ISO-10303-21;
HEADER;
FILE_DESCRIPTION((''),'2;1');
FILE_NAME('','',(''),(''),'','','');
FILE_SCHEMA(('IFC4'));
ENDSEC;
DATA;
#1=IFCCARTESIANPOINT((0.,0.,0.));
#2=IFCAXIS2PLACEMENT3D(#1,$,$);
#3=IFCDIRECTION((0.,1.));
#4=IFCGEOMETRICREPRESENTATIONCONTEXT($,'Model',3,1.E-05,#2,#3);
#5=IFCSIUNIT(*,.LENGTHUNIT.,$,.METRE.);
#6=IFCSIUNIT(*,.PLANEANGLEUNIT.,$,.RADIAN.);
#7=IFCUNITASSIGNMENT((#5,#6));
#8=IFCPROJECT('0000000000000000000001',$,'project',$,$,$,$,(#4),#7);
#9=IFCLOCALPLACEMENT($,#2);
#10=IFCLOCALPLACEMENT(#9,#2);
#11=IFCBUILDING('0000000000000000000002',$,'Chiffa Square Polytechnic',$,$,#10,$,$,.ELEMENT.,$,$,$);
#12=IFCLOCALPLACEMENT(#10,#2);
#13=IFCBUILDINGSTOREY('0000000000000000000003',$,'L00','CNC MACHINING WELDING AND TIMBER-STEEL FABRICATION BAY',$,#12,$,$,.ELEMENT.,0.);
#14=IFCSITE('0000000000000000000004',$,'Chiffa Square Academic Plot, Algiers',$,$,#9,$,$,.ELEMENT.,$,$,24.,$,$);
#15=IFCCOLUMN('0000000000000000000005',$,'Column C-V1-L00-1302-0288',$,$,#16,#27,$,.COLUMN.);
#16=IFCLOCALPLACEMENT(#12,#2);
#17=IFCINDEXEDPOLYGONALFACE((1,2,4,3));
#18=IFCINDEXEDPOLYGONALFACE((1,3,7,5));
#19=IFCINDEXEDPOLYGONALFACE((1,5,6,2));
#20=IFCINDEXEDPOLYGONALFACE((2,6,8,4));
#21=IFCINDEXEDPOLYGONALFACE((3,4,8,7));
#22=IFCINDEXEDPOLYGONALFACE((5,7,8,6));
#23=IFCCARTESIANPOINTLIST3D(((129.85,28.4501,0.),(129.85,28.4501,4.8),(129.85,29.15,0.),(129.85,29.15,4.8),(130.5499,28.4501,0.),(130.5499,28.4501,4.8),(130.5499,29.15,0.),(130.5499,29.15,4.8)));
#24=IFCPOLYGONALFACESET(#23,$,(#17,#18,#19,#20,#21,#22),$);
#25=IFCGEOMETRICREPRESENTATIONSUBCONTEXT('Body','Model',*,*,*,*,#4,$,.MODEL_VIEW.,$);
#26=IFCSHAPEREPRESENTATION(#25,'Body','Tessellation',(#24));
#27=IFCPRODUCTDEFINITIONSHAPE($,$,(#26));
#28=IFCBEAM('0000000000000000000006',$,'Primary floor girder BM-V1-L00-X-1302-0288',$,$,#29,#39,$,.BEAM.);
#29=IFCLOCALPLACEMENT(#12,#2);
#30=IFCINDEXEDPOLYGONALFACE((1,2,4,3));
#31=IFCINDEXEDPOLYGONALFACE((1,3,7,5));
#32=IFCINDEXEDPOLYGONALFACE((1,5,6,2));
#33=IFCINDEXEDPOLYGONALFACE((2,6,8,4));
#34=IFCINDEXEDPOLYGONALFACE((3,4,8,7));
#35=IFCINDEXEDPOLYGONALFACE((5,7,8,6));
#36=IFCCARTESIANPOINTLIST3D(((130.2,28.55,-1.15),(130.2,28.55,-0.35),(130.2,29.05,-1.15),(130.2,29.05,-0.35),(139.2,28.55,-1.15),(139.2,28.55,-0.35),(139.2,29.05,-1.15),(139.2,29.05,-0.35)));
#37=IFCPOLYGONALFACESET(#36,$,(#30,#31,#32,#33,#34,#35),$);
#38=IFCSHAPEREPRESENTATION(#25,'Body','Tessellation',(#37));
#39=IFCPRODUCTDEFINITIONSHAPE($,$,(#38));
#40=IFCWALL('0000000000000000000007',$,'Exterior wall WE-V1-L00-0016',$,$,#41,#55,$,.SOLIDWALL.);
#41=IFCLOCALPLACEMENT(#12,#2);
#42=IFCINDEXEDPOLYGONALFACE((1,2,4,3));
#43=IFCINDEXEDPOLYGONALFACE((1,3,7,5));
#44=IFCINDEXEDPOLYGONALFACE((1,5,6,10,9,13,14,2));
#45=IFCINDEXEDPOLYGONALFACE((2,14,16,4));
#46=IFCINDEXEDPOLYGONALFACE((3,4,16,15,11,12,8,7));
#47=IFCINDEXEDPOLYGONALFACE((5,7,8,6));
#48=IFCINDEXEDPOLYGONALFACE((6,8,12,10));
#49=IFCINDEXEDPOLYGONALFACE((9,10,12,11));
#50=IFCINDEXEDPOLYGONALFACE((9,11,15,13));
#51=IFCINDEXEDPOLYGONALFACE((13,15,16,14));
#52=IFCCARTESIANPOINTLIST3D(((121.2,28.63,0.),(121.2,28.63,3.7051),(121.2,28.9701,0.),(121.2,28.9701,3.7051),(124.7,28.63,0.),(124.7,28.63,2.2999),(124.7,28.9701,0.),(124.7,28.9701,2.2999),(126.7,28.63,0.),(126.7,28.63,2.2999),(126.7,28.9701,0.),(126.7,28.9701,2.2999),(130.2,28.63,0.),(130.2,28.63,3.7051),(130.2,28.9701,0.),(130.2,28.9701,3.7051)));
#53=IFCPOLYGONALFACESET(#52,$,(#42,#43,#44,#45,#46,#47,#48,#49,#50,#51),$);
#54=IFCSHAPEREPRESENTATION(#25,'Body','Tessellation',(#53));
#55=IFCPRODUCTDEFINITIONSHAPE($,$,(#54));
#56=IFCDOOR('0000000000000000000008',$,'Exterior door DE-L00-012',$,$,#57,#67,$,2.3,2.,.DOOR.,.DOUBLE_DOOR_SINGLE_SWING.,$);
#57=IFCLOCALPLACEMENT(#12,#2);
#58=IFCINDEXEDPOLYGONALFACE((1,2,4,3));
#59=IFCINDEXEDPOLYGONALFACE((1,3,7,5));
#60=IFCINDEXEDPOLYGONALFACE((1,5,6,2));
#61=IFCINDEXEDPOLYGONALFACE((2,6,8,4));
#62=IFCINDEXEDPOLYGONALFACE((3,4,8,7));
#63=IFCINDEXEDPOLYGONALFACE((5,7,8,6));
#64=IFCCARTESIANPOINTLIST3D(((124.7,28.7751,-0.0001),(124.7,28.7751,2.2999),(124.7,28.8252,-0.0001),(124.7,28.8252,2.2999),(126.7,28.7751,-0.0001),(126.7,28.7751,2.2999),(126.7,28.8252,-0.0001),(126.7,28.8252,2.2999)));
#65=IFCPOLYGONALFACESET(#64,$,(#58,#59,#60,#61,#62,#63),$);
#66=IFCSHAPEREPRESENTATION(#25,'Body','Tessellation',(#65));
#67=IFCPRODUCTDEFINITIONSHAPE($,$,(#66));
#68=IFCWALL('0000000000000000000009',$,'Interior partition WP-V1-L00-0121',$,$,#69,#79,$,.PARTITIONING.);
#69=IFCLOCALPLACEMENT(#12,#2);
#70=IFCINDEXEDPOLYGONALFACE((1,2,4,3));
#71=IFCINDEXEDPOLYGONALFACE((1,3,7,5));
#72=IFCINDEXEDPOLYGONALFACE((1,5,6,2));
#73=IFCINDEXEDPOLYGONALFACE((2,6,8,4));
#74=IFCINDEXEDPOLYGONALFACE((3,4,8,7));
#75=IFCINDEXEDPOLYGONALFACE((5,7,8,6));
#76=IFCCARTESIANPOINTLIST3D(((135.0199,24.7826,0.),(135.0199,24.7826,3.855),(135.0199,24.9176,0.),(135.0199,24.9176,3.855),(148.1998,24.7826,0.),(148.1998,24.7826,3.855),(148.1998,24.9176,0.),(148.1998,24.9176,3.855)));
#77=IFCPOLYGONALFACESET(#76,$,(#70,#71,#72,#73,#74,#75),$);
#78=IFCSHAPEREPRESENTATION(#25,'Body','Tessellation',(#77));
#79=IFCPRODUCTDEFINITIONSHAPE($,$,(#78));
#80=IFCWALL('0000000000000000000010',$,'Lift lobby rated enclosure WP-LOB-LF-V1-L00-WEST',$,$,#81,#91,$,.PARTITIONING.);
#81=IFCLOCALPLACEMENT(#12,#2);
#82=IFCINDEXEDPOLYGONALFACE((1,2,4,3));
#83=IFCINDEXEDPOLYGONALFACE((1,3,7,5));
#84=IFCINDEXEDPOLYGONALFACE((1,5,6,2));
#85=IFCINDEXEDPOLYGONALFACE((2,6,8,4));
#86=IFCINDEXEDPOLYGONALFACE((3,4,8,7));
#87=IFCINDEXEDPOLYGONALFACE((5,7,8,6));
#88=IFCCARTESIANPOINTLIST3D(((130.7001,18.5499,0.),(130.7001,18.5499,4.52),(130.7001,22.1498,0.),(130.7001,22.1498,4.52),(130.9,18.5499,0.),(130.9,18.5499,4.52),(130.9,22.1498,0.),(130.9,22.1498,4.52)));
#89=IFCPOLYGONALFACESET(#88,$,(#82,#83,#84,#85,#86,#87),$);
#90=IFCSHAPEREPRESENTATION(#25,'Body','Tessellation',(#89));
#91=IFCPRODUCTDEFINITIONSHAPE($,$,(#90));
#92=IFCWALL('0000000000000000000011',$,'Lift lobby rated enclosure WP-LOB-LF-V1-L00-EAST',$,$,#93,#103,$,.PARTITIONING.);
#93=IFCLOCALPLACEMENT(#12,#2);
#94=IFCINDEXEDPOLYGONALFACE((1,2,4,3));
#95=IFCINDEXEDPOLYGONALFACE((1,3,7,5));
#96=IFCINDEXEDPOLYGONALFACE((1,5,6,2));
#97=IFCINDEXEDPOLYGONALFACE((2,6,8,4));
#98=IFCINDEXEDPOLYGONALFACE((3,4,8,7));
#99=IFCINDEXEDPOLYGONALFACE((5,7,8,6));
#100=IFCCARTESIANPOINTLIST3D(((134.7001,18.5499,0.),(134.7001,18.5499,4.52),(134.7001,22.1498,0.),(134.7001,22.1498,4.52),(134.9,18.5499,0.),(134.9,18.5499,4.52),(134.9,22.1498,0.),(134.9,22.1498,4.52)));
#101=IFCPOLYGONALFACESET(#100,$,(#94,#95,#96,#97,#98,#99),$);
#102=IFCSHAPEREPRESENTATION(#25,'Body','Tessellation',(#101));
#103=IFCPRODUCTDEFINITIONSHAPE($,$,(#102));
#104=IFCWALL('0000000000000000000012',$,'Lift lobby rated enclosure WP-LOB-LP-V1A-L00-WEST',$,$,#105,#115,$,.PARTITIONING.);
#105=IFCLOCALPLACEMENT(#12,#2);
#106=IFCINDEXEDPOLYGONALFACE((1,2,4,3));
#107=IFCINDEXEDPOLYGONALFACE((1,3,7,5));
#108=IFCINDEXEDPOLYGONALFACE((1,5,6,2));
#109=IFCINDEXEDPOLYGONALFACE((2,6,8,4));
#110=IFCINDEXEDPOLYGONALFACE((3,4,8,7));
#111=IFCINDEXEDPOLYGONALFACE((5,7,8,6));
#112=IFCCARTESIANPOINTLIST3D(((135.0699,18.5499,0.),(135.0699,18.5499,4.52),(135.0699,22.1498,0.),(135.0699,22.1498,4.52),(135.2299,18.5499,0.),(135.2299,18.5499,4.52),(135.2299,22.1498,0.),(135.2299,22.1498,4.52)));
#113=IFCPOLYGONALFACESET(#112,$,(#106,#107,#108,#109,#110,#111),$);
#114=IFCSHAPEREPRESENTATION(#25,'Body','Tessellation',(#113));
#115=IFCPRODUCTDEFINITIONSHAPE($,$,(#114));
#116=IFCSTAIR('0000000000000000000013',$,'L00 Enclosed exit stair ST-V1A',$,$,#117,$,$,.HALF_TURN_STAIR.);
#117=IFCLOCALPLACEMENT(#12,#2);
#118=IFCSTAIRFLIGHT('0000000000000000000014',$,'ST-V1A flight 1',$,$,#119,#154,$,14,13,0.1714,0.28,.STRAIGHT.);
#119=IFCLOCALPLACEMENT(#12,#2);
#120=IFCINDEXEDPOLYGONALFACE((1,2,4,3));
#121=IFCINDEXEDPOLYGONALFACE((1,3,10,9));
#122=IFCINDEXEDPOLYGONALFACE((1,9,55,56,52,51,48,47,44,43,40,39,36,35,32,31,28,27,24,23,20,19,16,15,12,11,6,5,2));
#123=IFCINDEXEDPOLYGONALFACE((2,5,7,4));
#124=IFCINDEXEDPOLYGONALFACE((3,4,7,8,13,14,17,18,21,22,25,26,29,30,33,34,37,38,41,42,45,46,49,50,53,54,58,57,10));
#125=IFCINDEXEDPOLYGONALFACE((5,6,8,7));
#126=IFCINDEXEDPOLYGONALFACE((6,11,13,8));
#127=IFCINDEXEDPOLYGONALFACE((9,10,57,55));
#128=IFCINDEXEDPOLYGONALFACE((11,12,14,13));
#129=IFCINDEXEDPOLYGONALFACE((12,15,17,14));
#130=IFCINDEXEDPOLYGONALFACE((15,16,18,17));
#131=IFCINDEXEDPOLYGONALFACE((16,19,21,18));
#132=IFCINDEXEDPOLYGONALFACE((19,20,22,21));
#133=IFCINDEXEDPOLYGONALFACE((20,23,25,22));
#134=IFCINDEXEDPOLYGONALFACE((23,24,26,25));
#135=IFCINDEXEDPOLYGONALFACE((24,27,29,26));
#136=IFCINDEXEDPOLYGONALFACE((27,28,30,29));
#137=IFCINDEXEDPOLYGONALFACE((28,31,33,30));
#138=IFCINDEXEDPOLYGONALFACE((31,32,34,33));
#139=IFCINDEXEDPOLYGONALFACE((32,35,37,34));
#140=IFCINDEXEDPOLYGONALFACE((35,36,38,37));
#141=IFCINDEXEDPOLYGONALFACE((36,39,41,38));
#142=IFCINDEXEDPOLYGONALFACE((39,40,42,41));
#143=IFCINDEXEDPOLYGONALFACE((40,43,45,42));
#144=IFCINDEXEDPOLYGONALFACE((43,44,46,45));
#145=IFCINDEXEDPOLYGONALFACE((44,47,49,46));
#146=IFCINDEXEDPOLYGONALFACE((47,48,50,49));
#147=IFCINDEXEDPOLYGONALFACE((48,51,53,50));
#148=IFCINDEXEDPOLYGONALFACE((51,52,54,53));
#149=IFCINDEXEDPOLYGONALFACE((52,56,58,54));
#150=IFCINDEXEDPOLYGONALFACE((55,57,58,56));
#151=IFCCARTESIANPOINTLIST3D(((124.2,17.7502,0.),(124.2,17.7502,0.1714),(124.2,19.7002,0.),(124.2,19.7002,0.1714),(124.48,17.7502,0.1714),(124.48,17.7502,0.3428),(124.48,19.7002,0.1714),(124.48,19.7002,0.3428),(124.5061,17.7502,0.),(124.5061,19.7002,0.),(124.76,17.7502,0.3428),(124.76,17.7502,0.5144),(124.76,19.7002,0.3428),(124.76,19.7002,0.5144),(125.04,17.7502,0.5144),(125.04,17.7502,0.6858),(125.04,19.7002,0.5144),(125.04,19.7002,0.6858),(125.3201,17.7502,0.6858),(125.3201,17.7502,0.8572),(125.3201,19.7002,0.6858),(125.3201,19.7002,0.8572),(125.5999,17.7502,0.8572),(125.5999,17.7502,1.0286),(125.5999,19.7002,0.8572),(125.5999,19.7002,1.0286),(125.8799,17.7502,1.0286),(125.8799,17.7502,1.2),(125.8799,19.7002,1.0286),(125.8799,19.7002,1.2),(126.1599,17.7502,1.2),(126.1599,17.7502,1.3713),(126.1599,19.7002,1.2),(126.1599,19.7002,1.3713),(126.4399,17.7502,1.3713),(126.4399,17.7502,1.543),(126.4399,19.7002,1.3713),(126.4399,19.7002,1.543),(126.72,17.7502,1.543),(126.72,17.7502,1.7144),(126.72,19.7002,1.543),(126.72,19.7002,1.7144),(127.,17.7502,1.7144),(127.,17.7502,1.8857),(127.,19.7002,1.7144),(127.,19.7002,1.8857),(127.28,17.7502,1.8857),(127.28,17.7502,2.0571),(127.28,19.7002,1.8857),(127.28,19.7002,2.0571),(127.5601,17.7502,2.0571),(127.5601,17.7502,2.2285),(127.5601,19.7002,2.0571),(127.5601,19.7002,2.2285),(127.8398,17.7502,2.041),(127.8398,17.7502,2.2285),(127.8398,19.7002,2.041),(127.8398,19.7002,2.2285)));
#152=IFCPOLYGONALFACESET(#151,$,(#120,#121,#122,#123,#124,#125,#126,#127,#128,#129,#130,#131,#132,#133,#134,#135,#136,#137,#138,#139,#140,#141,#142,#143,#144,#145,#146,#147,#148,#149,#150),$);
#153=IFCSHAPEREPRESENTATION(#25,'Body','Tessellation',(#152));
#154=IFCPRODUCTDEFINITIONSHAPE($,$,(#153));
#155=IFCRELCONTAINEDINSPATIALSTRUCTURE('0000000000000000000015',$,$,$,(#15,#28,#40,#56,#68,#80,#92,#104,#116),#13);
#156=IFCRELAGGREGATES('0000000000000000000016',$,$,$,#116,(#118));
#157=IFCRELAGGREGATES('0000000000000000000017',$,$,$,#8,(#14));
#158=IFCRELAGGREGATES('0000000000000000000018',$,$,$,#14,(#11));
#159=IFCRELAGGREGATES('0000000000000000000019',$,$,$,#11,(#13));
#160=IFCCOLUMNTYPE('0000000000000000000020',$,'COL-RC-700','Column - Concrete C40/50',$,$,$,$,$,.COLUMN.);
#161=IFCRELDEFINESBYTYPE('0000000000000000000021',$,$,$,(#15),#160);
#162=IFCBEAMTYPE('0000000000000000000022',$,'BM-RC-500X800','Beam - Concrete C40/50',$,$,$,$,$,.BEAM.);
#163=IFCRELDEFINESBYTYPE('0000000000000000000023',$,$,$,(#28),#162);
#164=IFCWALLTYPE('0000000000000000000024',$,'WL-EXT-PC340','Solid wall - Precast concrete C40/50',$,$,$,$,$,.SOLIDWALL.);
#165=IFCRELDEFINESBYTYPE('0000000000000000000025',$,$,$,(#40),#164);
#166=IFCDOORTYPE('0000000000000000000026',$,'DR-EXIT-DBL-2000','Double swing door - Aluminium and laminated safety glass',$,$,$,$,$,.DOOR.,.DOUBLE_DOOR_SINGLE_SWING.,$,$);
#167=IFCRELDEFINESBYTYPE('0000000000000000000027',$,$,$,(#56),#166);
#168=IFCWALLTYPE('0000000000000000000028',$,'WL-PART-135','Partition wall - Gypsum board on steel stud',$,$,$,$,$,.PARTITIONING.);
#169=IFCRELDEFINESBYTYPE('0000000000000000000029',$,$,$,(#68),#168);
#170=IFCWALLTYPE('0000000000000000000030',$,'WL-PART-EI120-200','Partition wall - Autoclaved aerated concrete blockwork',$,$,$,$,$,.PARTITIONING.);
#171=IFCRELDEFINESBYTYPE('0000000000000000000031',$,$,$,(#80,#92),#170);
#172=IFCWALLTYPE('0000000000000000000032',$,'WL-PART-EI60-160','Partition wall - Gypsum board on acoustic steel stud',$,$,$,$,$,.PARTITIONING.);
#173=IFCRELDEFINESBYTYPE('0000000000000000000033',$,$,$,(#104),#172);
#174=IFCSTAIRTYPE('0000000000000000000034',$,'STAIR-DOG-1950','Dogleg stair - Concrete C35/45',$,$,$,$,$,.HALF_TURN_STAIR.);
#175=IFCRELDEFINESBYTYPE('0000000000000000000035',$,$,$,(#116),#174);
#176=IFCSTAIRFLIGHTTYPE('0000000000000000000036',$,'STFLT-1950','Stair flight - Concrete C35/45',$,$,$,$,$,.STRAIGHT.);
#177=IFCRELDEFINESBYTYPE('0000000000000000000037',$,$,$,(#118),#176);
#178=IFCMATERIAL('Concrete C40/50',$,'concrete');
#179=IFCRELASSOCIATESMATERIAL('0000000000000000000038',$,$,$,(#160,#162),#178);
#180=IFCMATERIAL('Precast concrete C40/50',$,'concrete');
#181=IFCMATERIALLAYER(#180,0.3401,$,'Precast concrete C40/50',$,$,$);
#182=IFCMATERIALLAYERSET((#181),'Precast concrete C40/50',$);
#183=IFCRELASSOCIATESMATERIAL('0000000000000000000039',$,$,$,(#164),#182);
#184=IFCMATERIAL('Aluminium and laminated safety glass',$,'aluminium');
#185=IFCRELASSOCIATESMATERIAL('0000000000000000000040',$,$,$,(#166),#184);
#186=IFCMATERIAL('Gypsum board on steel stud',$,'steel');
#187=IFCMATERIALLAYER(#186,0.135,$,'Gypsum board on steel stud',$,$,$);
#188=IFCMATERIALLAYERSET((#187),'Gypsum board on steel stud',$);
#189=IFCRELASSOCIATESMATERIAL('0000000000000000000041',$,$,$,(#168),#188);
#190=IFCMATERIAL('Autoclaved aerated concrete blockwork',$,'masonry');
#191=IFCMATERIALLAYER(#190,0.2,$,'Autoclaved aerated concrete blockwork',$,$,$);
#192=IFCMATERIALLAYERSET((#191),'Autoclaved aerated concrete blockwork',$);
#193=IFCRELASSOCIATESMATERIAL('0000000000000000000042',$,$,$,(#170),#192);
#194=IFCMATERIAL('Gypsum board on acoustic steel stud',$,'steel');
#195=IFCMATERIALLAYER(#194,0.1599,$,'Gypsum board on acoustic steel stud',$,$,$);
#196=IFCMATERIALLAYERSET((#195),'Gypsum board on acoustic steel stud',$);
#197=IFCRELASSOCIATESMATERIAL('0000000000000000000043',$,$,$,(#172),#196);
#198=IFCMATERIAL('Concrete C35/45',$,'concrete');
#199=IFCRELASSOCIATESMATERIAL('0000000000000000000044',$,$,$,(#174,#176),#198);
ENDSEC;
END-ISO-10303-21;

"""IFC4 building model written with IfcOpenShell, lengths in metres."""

from ifc_helpers import new_model, si_unit, direction, frame, frame_2d, origin, origin_2d, place, context, subcontext, project, spatial, polyline, rectangle, outline, extrude, material, layer, layer_set, material_profile, profile_set, type_object, element, fill, aggregate, save


model = new_model("IFC4")

# Units and contexts
model_context = context("Model", 3, precision=1e-05, world=origin(), true_north=direction((0.0, 1.0)))
body_context = subcontext(model_context, "Body", "Model", "MODEL_VIEW")
ifc_project = project(units=[si_unit("LENGTHUNIT", "METRE"), si_unit("PLANEANGLEUNIT", "RADIAN")], contexts=[model_context])

# Site, building, storey
site_placement = place(None, origin())
site = spatial("IfcSite", under=ifc_project, at=site_placement, Name="Chiffa Square Academic Plot, Algiers", CompositionType="ELEMENT", RefElevation=24.0)
building_placement = place(site_placement, origin())
building = spatial("IfcBuilding", under=site, at=building_placement, Name="Chiffa Square Polytechnic", CompositionType="ELEMENT")
storey_placement = place(building_placement, origin())
storey = spatial("IfcBuildingStorey", under=building, at=storey_placement, Name="L00", Description="CNC MACHINING WELDING AND TIMBER-STEEL FABRICATION BAY", CompositionType="ELEMENT", Elevation=0.0)

# Column
ifc_material_1 = material(Name="Concrete C40/50", Category="concrete")
ifc_material_profile_1 = material_profile(ifc_material_1, rectangle(XDim=0.7, YDim=0.7, at=origin_2d()), Name="RC 700x700")
ifc_profile_set_1 = profile_set([ifc_material_profile_1], Name="Concrete C40/50")
column_type = type_object("IfcColumnType", Name="COL-RC-700", Description="Column - Concrete C40/50", PredefinedType="COLUMN", material=ifc_profile_set_1)
column_placement = place(storey_placement, frame((130.2, 28.8, 0.0), z_axis=(0.0, 0.0, 1.0), x_axis=(1.0, 0.0, 0.0)))
element("IfcColumn", 1, at=column_placement, inside=storey, type_object=column_type, Name="Column C-V1-L00-1302-0288", PredefinedType="COLUMN", context=body_context, shape_type="SweptSolid", body=[
    extrude(rectangle(XDim=0.7, YDim=0.7, at=origin_2d()), origin(), (0.0, 0.0, 1.0), 4.8),
])

# Beam
ifc_material_profile_2 = material_profile(ifc_material_1, rectangle(XDim=0.5, YDim=0.8, at=origin_2d()), Name="RC 500x800")
ifc_profile_set_2 = profile_set([ifc_material_profile_2], Name="Concrete C40/50")
beam_type = type_object("IfcBeamType", Name="BM-RC-500X800", Description="Beam - Concrete C40/50", PredefinedType="BEAM", material=ifc_profile_set_2)
beam_placement = place(storey_placement, frame((130.2, 28.8, -0.75), z_axis=(1.0, 0.0, 0.0), x_axis=(0.0, 1.0, 0.0)))
element("IfcBeam", 2, at=beam_placement, inside=storey, type_object=beam_type, Name="Primary floor girder BM-V1-L00-X-1302-0288", PredefinedType="BEAM", context=body_context, shape_type="SweptSolid", body=[
    extrude(rectangle(XDim=0.5, YDim=0.8, at=origin_2d()), origin(), (0.0, 0.0, 1.0), 9.0),
])

# Wall, opening, door
ifc_material_2 = material(Name="Precast concrete C40/50", Category="concrete")
ifc_layer_1 = layer(ifc_material_2, 0.3401, Name="Precast concrete C40/50")
ifc_layer_set_1 = layer_set([ifc_layer_1], Name="Precast concrete C40/50")
wall_type_1 = type_object("IfcWallType", Name="WL-EXT-PC340", Description="Solid wall - Precast concrete C40/50", PredefinedType="SOLIDWALL", material=ifc_layer_set_1)
wall_1_placement = place(storey_placement, frame((130.2, 28.8, 0.0), z_axis=(0.0, 0.0, 1.0), x_axis=(-1.0, 0.0, 0.0)))
wall_1 = element("IfcWall", 3, at=wall_1_placement, inside=storey, type_object=wall_type_1, Name="Exterior wall WE-V1-L00-0016", PredefinedType="SOLIDWALL", context=body_context, shape_type="SweptSolid", body=[
    extrude(rectangle(XDim=9.0, YDim=0.3401, at=frame_2d((4.5, 0.0))), origin(), (0.0, 0.0, 1.0), 3.7051),
])
opening_1_placement = place(wall_1_placement, frame((3.5, 0.0, 0.0)))
opening_1 = element("IfcOpeningElement", 4, at=opening_1_placement, cuts=wall_1, PredefinedType="OPENING", context=body_context, shape_type="SweptSolid", body=[
    extrude(rectangle(XDim=2.0, YDim=2.3, at=frame_2d((1.0, 1.1499))), frame((0.0, 0.1802, 0.0), z_axis=(0.0, -1.0, 0.0), x_axis=(1.0, 0.0, 0.0)), (0.0, 0.0, 1.0), 0.3601),
])
ifc_material_3 = material(Name="Aluminium and laminated safety glass", Category="aluminium")
door_type_1 = type_object("IfcDoorType", Name="DR-EXIT-DBL-2000", Description="Double swing door - Aluminium and laminated safety glass", OperationType="DOUBLE_DOOR_SINGLE_SWING", PredefinedType="DOOR", material=ifc_material_3)
door_1_placement = place(opening_1_placement, origin())
door_1 = element("IfcDoor", 5, at=door_1_placement, inside=storey, type_object=door_type_1, Name="Exterior door DE-L00-012", OperationType="DOUBLE_DOOR_SINGLE_SWING", OverallHeight=2.3, OverallWidth=2.0, PredefinedType="DOOR", context=body_context, shape_type="SweptSolid", body=[
    extrude(rectangle(XDim=2.0, YDim=2.3, at=frame_2d((1.0, 1.1499))), frame((0.0, 0.0249, 0.0), z_axis=(0.0, -1.0, 0.0), x_axis=(1.0, 0.0, 0.0)), (0.0, 0.0, 1.0), 0.05),
])
fill(opening_1, door_1)

# Wall
ifc_material_4 = material(Name="Gypsum board on steel stud", Category="steel")
ifc_layer_2 = layer(ifc_material_4, 0.135, Name="Gypsum board on steel stud")
ifc_layer_set_2 = layer_set([ifc_layer_2], Name="Gypsum board on steel stud")
wall_type_2 = type_object("IfcWallType", Name="WL-PART-135", Description="Partition wall - Gypsum board on steel stud", PredefinedType="PARTITIONING", material=ifc_layer_set_2)
wall_2_placement = place(storey_placement, frame((135.02, 24.8501, 0.0), z_axis=(0.0, 0.0, 1.0), x_axis=(1.0, 0.0, 0.0)))
element("IfcWall", 6, at=wall_2_placement, inside=storey, type_object=wall_type_2, Name="Interior partition WP-V1-L00-0121", PredefinedType="PARTITIONING", context=body_context, shape_type="SweptSolid", body=[
    extrude(rectangle(XDim=13.1799, YDim=0.135, at=frame_2d((6.5898, 0.0))), origin(), (0.0, 0.0, 1.0), 3.855),
])

# Shared definitions
ifc_material_5 = material(Name="Autoclaved aerated concrete blockwork", Category="masonry")
ifc_layer_3 = layer(ifc_material_5, 0.2, Name="Autoclaved aerated concrete blockwork")
ifc_layer_set_3 = layer_set([ifc_layer_3], Name="Autoclaved aerated concrete blockwork")
wall_type_3 = type_object("IfcWallType", Name="WL-PART-EI120-200", Description="Partition wall - Autoclaved aerated concrete blockwork", PredefinedType="PARTITIONING", material=ifc_layer_set_3)

# Walls
for number, where, z_axis, x_axis, name in (
    (7, (130.8, 18.55, 0.0), (0.0, 0.0, 1.0), (0.0, 1.0, 0.0), "Lift lobby rated enclosure WP-LOB-LF-V1-L00-WEST"),
    (8, (134.8, 18.55, 0.0), (0.0, 0.0, 1.0), (0.0, 1.0, 0.0), "Lift lobby rated enclosure WP-LOB-LF-V1-L00-EAST"),
):
    element("IfcWall", number, at=place(storey_placement, frame(where, z_axis=z_axis, x_axis=x_axis)), inside=storey, type_object=wall_type_3, Name=name, PredefinedType="PARTITIONING", context=body_context, shape_type="SweptSolid", body=[
        extrude(rectangle(XDim=3.5999, YDim=0.2, at=frame_2d((1.7998, 0.0))), origin(), (0.0, 0.0, 1.0), 4.52),
    ])
ifc_material_6 = material(Name="Gypsum board on acoustic steel stud", Category="steel")
ifc_layer_4 = layer(ifc_material_6, 0.1599, Name="Gypsum board on acoustic steel stud")
ifc_layer_set_4 = layer_set([ifc_layer_4], Name="Gypsum board on acoustic steel stud")
wall_type_4 = type_object("IfcWallType", Name="WL-PART-EI60-160", Description="Partition wall - Gypsum board on acoustic steel stud", PredefinedType="PARTITIONING", material=ifc_layer_set_4)
wall_3_placement = place(storey_placement, frame((135.1499, 18.55, 0.0), z_axis=(0.0, 0.0, 1.0), x_axis=(0.0, 1.0, 0.0)))
element("IfcWall", 9, at=wall_3_placement, inside=storey, type_object=wall_type_4, Name="Lift lobby rated enclosure WP-LOB-LP-V1A-L00-WEST", PredefinedType="PARTITIONING", context=body_context, shape_type="SweptSolid", body=[
    extrude(rectangle(XDim=3.5999, YDim=0.1599, at=frame_2d((1.7998, 0.0))), origin(), (0.0, 0.0, 1.0), 4.52),
])

# Shared definitions
ifc_material_7 = material(Name="Concrete C35/45", Category="concrete")

# Stair, stair flight
stair_type = type_object("IfcStairType", Name="STAIR-DOG-1950", Description="Dogleg stair - Concrete C35/45", PredefinedType="HALF_TURN_STAIR", material=ifc_material_7)
stair_placement = place(storey_placement, origin())
stair = element("IfcStair", 10, at=stair_placement, inside=storey, type_object=stair_type, Name="L00 Enclosed exit stair ST-V1A", PredefinedType="HALF_TURN_STAIR")
stair_flight_type = type_object("IfcStairFlightType", Name="STFLT-1950", Description="Stair flight - Concrete C35/45", PredefinedType="STRAIGHT", material=ifc_material_7)
stair_flight_1_placement = place(storey_placement, frame((124.2, 18.7251, 0.0), z_axis=(0.0, 0.0, 1.0), x_axis=(1.0, 0.0, 0.0)))
stair_flight_1 = element("IfcStairFlight", 11, at=stair_flight_1_placement, type_object=stair_flight_type, Name="ST-V1A flight 1", NumberOfRisers=14, NumberOfTreads=13, PredefinedType="STRAIGHT", RiserHeight=0.1714, TreadLength=0.28, context=body_context, shape_type="SweptSolid", body=[
    extrude(outline(polyline([(0.0, 0.0), (0.0, 0.1714), (0.28, 0.1714), (0.28, 0.3428), (0.5601, 0.3428), (0.5601, 0.5144), (0.8401, 0.5144), (0.8401, 0.6858), (1.1201, 0.6858), (1.1201, 0.8572), (1.3999, 0.8572), (1.3999, 1.0286), (1.6799, 1.0286), (1.6799, 1.2), (1.96, 1.2), (1.96, 1.3713), (2.24, 1.3713), (2.24, 1.543), (2.52, 1.543), (2.52, 1.7144), (2.8, 1.7144), (2.8, 1.8857), (3.0801, 1.8857), (3.0801, 2.0571), (3.3601, 2.0571), (3.3601, 2.2285), (3.6399, 2.2285), (3.6399, 2.3999), (3.6399, 2.041), (0.3062, 0.0), (0.0, 0.0)])), frame((0.0, 0.9751, 0.0), z_axis=(0.0, -1.0, 0.0), x_axis=(1.0, 0.0, 0.0)), (0.0, 0.0, 1.0), 1.95),
])
aggregate(stair, [stair_flight_1])

save(model, "model.ifc")
